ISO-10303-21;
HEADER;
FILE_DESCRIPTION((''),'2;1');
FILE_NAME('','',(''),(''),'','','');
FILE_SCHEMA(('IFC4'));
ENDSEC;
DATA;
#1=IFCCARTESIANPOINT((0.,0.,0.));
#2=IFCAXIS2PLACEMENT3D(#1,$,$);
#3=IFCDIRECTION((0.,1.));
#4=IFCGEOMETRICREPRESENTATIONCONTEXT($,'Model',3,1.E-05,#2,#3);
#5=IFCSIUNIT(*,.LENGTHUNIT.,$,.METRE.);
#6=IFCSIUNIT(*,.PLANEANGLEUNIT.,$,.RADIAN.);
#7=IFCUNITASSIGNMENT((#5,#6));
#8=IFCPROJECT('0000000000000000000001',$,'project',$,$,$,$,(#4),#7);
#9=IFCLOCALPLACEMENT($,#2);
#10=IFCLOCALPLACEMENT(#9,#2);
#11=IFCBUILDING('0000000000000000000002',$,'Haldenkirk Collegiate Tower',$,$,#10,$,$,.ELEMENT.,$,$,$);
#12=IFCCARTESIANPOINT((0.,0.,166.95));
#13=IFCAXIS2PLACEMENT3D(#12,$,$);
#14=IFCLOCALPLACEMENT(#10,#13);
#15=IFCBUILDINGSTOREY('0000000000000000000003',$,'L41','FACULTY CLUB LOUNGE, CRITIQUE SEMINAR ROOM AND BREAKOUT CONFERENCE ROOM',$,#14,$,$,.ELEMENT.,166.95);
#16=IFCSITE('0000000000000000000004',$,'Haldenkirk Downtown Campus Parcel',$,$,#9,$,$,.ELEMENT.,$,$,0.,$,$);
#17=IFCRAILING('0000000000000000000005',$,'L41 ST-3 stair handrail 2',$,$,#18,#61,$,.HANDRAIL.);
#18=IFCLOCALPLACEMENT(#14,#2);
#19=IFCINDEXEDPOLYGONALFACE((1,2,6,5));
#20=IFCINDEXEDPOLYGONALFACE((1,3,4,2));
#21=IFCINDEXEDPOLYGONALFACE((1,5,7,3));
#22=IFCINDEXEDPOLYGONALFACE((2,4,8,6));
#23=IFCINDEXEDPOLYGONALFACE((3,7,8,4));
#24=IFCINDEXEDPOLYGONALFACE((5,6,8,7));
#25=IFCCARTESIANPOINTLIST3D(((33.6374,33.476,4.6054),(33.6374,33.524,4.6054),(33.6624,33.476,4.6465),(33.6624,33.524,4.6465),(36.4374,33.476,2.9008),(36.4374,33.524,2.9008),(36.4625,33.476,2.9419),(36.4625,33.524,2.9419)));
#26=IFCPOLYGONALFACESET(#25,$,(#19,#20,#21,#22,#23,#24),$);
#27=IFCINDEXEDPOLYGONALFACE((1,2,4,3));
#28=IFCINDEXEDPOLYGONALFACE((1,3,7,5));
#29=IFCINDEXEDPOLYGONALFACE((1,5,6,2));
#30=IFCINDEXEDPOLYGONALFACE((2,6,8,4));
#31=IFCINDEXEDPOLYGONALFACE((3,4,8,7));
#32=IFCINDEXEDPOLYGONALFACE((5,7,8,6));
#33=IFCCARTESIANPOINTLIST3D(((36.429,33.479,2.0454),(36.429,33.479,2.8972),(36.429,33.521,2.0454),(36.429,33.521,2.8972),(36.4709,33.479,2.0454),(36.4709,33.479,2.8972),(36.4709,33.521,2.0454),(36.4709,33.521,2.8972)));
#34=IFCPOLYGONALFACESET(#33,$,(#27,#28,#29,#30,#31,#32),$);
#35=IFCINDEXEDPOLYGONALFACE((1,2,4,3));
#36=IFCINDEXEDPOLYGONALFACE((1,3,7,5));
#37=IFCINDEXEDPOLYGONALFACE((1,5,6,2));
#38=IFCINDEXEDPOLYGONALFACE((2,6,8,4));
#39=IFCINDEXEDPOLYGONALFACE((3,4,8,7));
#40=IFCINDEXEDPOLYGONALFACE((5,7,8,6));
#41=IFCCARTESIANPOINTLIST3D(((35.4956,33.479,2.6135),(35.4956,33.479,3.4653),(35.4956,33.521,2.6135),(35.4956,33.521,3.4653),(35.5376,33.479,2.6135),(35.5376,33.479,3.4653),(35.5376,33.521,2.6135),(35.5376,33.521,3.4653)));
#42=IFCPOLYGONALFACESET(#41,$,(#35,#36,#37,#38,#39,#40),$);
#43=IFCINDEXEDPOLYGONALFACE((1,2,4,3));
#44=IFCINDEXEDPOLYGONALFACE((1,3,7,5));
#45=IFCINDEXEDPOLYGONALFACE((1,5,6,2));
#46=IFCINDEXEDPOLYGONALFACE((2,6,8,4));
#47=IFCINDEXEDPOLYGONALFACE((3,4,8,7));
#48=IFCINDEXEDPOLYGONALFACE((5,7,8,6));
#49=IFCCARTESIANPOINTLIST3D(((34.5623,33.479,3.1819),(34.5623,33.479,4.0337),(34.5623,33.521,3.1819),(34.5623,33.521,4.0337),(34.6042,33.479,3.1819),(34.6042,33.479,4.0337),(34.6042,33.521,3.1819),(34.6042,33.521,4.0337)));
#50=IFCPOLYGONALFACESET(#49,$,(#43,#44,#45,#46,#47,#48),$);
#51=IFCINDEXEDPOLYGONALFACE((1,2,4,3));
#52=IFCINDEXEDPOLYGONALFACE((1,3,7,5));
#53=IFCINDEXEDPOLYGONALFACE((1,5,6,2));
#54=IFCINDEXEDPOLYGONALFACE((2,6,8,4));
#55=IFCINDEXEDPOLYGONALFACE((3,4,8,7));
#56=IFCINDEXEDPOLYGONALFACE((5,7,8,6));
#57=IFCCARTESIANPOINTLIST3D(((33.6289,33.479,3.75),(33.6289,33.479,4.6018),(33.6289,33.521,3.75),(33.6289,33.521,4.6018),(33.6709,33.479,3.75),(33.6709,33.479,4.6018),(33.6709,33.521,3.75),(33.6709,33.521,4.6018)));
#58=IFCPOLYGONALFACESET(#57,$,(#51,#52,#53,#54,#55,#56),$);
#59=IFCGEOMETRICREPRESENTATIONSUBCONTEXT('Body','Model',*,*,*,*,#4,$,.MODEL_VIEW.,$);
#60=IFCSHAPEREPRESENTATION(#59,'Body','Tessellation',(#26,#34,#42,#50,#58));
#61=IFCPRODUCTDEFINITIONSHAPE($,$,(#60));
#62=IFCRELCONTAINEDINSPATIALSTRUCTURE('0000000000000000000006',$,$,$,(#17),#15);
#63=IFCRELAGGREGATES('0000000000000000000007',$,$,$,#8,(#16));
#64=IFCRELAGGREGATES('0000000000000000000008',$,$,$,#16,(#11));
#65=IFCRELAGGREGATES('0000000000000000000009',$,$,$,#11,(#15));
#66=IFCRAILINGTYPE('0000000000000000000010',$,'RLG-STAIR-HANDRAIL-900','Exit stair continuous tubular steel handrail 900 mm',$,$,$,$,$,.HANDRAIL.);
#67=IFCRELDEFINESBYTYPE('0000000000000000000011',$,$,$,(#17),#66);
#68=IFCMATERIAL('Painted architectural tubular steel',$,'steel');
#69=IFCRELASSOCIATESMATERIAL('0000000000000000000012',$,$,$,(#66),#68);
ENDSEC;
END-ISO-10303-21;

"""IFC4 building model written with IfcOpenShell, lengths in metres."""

from ifc_helpers import new_model, si_unit, direction, frame, origin, origin_2d, place, context, subcontext, project, spatial, rectangle, extrude, material, type_object, element, save


model = new_model("IFC4")

# Units and contexts
model_context = context("Model", 3, precision=1e-05, world=origin(), true_north=direction((0.0, 1.0)))
body_context = subcontext(model_context, "Body", "Model", "MODEL_VIEW")
ifc_project = project(units=[si_unit("LENGTHUNIT", "METRE"), si_unit("PLANEANGLEUNIT", "RADIAN")], contexts=[model_context])

# Site, building, storey
site_placement = place(None, origin())
site = spatial("IfcSite", under=ifc_project, at=site_placement, Name="Haldenkirk Downtown Campus Parcel", CompositionType="ELEMENT", RefElevation=0.0)
building_placement = place(site_placement, origin())
building = spatial("IfcBuilding", under=site, at=building_placement, Name="Haldenkirk Collegiate Tower", CompositionType="ELEMENT")
storey_placement = place(building_placement, frame((0.0, 0.0, 166.95)))
storey = spatial("IfcBuildingStorey", under=building, at=storey_placement, Name="L41", Description="FACULTY CLUB LOUNGE, CRITIQUE SEMINAR ROOM AND BREAKOUT CONFERENCE ROOM", CompositionType="ELEMENT", Elevation=166.95)

# Railing
ifc_material_1 = material(Name="Painted architectural tubular steel", Category="steel")
railing_type_1 = type_object("IfcRailingType", Name="RLG-STAIR-HANDRAIL-900", Description="Exit stair continuous tubular steel handrail 900 mm", PredefinedType="HANDRAIL", material=ifc_material_1)
railing_1_placement = place(storey_placement, frame((36.45, 33.5, 2.0454)))
element("IfcRailing", 1, at=railing_1_placement, inside=storey, type_object=railing_type_1, Name="L41 ST-3 stair handrail 2", PredefinedType="HANDRAIL", context=body_context, shape_type="SweptSolid", body=[
    extrude(rectangle(XDim=0.0481, YDim=0.0481, at=origin_2d()), frame((0.0, 0.0, 0.876), z_axis=(-0.85417, 0.0, 0.519994), x_axis=(0.0, -1.0, 0.0)), (0.0, 0.0, 1.0), 3.2781),
    extrude(rectangle(XDim=0.042, YDim=0.042, at=origin_2d()), origin(), (0.0, 0.0, 1.0), 0.8518),
    extrude(rectangle(XDim=0.042, YDim=0.042, at=origin_2d()), frame((-0.9333, 0.0, 0.5681)), (0.0, 0.0, 1.0), 0.8518),
    extrude(rectangle(XDim=0.042, YDim=0.042, at=origin_2d()), frame((-1.8667, 0.0, 1.1365)), (0.0, 0.0, 1.0), 0.8518),
    extrude(rectangle(XDim=0.042, YDim=0.042, at=origin_2d()), frame((-2.8, 0.0, 1.7046)), (0.0, 0.0, 1.0), 0.8518),
])

save(model, "model.ifc")
